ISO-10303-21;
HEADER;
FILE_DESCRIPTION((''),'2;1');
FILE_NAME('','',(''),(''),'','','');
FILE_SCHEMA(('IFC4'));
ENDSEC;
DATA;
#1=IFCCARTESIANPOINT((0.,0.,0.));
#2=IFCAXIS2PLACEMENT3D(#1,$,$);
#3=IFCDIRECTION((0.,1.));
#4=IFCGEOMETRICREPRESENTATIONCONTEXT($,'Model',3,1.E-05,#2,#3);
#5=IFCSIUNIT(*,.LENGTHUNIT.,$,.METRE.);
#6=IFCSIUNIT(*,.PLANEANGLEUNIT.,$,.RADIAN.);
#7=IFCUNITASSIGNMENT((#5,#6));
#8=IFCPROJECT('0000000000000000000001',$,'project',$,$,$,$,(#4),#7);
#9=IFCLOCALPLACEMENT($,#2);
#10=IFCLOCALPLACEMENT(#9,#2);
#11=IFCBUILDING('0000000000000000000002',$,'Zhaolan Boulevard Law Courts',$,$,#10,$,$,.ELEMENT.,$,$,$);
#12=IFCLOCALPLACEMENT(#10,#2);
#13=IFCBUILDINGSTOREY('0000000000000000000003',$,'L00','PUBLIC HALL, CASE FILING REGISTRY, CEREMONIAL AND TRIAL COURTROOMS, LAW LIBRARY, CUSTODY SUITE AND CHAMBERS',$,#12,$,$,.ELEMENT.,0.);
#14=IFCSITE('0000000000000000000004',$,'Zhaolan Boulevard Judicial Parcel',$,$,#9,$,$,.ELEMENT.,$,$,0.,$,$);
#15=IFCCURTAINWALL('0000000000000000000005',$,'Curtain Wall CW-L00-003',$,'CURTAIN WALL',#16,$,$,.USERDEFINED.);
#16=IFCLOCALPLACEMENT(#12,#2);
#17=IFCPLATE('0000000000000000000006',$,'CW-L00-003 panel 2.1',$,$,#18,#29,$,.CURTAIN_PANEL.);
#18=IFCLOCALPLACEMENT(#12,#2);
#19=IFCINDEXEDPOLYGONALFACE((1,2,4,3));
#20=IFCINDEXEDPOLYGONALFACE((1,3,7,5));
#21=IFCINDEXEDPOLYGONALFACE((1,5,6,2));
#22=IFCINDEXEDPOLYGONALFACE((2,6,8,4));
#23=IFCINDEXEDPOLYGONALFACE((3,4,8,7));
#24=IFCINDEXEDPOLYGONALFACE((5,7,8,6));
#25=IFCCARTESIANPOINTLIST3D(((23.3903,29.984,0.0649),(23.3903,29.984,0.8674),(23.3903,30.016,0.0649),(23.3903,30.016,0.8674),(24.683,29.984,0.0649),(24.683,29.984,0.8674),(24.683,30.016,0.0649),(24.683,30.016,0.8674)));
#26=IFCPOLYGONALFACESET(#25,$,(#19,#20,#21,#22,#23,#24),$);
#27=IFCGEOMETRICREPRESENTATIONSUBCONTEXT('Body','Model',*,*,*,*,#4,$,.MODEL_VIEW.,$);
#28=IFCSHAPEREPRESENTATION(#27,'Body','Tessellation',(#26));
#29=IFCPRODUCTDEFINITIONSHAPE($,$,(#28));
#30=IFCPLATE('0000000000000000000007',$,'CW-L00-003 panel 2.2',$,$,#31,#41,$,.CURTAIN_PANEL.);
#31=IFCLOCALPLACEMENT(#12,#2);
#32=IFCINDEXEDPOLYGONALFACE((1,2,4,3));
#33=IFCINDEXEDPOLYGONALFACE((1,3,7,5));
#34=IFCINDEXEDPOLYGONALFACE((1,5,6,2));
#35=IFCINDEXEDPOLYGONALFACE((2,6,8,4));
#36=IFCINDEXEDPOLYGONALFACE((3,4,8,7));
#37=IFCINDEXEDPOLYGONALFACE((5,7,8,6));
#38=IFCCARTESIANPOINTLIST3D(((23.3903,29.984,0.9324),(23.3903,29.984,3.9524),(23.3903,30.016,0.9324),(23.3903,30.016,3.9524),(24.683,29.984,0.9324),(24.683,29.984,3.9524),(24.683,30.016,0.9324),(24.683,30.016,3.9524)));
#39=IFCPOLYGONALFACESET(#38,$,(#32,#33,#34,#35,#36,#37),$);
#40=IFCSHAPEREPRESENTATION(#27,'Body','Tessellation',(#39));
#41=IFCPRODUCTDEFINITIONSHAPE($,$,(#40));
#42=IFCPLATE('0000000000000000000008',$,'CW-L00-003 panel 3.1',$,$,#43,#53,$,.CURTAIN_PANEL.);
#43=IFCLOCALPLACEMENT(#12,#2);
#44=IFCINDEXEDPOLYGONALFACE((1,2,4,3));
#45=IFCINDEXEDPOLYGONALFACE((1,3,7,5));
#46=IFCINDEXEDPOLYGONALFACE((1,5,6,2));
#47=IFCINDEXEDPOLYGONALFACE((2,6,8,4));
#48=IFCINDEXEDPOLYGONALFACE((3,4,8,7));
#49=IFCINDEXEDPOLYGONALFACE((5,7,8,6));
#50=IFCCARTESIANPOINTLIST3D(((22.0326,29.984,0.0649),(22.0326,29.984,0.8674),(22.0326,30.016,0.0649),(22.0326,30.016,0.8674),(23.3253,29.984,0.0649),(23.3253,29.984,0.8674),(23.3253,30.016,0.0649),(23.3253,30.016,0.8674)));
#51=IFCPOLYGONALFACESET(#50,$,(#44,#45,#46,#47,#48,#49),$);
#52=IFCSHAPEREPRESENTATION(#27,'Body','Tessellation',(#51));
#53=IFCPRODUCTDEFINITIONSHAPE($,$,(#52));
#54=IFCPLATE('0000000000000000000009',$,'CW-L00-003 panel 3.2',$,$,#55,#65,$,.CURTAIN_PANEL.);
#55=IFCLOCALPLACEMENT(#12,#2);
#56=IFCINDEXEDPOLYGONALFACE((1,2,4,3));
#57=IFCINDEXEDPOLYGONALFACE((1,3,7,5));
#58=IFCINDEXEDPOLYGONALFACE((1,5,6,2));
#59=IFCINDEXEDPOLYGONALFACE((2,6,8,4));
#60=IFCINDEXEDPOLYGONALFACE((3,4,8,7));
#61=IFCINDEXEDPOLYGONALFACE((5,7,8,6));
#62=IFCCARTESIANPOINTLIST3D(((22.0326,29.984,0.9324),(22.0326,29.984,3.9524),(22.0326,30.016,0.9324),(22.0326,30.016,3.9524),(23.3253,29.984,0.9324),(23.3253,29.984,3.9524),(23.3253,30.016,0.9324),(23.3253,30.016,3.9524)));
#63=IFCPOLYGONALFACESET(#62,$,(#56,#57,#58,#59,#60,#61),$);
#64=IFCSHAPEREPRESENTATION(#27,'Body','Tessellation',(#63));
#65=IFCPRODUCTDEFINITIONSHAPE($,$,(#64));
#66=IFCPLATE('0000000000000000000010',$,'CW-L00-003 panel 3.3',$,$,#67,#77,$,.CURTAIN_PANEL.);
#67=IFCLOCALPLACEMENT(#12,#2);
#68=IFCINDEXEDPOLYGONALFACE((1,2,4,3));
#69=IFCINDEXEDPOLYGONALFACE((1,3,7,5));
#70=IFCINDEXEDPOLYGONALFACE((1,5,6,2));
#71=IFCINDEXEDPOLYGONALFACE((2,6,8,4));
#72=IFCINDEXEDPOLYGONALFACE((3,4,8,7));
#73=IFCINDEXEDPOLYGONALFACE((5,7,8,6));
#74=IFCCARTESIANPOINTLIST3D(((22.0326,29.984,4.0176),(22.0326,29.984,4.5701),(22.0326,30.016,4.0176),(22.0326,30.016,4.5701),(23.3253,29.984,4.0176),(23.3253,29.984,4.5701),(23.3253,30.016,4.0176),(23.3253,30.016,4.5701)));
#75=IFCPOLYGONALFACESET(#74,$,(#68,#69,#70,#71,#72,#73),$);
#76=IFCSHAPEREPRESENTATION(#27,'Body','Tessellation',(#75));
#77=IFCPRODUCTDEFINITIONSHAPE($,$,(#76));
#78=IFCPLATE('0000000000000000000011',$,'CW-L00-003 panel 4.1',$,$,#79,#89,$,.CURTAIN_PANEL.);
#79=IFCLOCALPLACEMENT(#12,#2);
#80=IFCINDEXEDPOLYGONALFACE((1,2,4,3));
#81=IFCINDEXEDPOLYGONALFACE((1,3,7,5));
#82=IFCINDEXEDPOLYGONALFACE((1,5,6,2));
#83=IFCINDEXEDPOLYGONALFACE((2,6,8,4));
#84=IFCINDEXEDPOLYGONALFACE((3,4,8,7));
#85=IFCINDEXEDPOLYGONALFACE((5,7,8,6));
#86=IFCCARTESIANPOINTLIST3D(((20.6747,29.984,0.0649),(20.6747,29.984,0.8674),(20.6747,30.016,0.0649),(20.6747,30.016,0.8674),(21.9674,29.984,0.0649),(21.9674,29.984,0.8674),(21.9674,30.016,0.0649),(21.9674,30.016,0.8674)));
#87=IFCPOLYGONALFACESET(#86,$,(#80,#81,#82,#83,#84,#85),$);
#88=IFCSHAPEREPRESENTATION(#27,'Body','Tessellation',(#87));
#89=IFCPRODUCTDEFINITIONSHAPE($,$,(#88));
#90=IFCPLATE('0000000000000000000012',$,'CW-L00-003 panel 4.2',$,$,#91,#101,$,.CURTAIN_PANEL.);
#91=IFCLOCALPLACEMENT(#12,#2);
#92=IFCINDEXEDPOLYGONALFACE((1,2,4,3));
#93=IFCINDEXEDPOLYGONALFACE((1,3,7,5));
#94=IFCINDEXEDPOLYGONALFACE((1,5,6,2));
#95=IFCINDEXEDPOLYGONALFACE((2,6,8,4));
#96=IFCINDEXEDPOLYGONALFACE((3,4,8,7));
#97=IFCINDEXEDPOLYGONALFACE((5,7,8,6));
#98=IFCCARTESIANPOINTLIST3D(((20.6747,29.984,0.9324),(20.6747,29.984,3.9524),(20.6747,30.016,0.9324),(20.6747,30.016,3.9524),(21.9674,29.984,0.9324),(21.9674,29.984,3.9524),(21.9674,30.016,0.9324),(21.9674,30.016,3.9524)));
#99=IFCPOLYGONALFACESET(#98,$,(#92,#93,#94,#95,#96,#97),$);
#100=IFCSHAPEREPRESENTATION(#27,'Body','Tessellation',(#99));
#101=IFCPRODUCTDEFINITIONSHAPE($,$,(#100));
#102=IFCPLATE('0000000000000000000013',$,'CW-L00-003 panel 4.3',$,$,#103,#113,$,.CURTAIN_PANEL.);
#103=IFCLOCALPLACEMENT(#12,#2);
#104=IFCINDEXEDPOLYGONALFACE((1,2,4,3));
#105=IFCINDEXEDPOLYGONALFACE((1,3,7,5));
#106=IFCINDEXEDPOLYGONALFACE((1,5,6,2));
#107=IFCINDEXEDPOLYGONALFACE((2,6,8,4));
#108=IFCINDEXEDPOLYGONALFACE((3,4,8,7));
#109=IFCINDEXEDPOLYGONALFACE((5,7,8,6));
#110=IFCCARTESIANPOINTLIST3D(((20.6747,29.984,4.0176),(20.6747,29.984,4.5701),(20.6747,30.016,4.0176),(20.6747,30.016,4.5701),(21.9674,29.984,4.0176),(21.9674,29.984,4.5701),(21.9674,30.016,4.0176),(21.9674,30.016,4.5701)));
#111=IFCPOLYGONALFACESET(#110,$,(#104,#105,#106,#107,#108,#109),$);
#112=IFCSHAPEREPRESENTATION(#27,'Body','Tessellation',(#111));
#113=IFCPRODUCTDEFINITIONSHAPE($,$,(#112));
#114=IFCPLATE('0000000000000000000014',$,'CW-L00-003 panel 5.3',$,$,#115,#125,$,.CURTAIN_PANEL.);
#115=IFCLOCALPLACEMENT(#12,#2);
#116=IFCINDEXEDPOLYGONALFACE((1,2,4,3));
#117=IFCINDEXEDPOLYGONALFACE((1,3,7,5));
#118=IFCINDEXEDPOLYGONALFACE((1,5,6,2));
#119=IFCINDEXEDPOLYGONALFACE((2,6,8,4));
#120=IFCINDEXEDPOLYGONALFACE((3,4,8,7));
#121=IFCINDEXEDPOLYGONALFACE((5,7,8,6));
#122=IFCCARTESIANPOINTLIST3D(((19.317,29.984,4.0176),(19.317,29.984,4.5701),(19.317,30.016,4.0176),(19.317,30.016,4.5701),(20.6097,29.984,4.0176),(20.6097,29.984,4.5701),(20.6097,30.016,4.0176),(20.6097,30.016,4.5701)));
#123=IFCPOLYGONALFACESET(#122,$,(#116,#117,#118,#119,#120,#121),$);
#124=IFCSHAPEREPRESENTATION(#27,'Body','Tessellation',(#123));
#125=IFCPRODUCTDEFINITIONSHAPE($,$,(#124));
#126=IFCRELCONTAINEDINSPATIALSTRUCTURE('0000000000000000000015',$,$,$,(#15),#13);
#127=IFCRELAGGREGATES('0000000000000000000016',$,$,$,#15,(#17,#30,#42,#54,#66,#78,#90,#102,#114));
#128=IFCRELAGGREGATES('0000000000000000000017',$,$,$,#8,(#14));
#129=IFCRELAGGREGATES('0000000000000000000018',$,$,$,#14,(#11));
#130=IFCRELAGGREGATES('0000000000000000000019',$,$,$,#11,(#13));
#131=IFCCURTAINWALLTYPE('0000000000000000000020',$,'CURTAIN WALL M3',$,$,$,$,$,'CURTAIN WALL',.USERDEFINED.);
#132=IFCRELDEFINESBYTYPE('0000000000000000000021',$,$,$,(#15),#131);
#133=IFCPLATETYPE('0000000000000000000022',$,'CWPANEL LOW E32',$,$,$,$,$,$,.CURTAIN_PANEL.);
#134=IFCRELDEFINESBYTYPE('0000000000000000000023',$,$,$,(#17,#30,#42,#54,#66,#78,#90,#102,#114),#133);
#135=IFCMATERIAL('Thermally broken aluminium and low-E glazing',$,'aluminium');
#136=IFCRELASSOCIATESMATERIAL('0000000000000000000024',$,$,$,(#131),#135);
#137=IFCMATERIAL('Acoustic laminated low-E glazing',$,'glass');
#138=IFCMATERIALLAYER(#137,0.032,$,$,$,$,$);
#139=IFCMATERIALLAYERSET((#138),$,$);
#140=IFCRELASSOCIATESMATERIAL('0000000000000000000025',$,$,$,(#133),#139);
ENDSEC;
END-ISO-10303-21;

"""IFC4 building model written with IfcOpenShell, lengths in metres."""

from ifc_helpers import new_model, si_unit, direction, frame, origin, origin_2d, place, context, subcontext, project, spatial, rectangle, extrude, material, layer, layer_set, type_object, element, aggregate, save


model = new_model("IFC4")

# Units and contexts
model_context = context("Model", 3, precision=1e-05, world=origin(), true_north=direction((0.0, 1.0)))
body_context = subcontext(model_context, "Body", "Model", "MODEL_VIEW")
ifc_project = project(units=[si_unit("LENGTHUNIT", "METRE"), si_unit("PLANEANGLEUNIT", "RADIAN")], contexts=[model_context])

# Site, building, storey
site_placement = place(None, origin())
site = spatial("IfcSite", under=ifc_project, at=site_placement, Name="Zhaolan Boulevard Judicial Parcel", CompositionType="ELEMENT", RefElevation=0.0)
building_placement = place(site_placement, origin())
building = spatial("IfcBuilding", under=site, at=building_placement, Name="Zhaolan Boulevard Law Courts", CompositionType="ELEMENT")
storey_placement = place(building_placement, origin())
storey = spatial("IfcBuildingStorey", under=building, at=storey_placement, Name="L00", Description="PUBLIC HALL, CASE FILING REGISTRY, CEREMONIAL AND TRIAL COURTROOMS, LAW LIBRARY, CUSTODY SUITE AND CHAMBERS", CompositionType="ELEMENT", Elevation=0.0)

# Curtain wall, plates
ifc_material_1 = material(Name="Thermally broken aluminium and low-E glazing", Category="aluminium")
curtain_wall_type = type_object("IfcCurtainWallType", Name="CURTAIN WALL M3", ElementType="CURTAIN WALL", PredefinedType="USERDEFINED", material=ifc_material_1)
curtain_wall_placement = place(storey_placement, origin())
curtain_wall = element("IfcCurtainWall", 1, at=curtain_wall_placement, inside=storey, type_object=curtain_wall_type, Name="Curtain Wall CW-L00-003", ObjectType="CURTAIN WALL", PredefinedType="USERDEFINED")
ifc_material_2 = material(Name="Acoustic laminated low-E glazing", Category="glass")
ifc_layer = layer(ifc_material_2, 0.032)
ifc_layer_set = layer_set([ifc_layer])
plate_type = type_object("IfcPlateType", Name="CWPANEL LOW E32", PredefinedType="CURTAIN_PANEL", material=ifc_layer_set)
plate_1_placement = place(storey_placement, frame((24.0366, 30.0, 0.0649), z_axis=(0.0, 0.0, 1.0), x_axis=(-1.0, 0.0, 0.0)))
plate_1 = element("IfcPlate", 2, at=plate_1_placement, type_object=plate_type, Name="CW-L00-003 panel 2.1", PredefinedType="CURTAIN_PANEL", context=body_context, shape_type="SweptSolid", body=[
    extrude(rectangle(XDim=1.2927, YDim=0.032, at=origin_2d()), origin(), (0.0, 0.0, 1.0), 0.8025),
])
plate_2_placement = place(storey_placement, frame((24.0366, 30.0, 0.9324), z_axis=(0.0, 0.0, 1.0), x_axis=(-1.0, 0.0, 0.0)))
plate_2 = element("IfcPlate", 3, at=plate_2_placement, type_object=plate_type, Name="CW-L00-003 panel 2.2", PredefinedType="CURTAIN_PANEL", context=body_context, shape_type="SweptSolid", body=[
    extrude(rectangle(XDim=1.2927, YDim=0.032, at=origin_2d()), origin(), (0.0, 0.0, 1.0), 3.02),
])
plate_3_placement = place(storey_placement, frame((22.679, 30.0, 0.0649), z_axis=(0.0, 0.0, 1.0), x_axis=(-1.0, 0.0, 0.0)))
plate_3 = element("IfcPlate", 4, at=plate_3_placement, type_object=plate_type, Name="CW-L00-003 panel 3.1", PredefinedType="CURTAIN_PANEL", context=body_context, shape_type="SweptSolid", body=[
    extrude(rectangle(XDim=1.2927, YDim=0.032, at=origin_2d()), origin(), (0.0, 0.0, 1.0), 0.8025),
])
plate_4_placement = place(storey_placement, frame((22.679, 30.0, 0.9324), z_axis=(0.0, 0.0, 1.0), x_axis=(-1.0, 0.0, 0.0)))
plate_4 = element("IfcPlate", 5, at=plate_4_placement, type_object=plate_type, Name="CW-L00-003 panel 3.2", PredefinedType="CURTAIN_PANEL", context=body_context, shape_type="SweptSolid", body=[
    extrude(rectangle(XDim=1.2927, YDim=0.032, at=origin_2d()), origin(), (0.0, 0.0, 1.0), 3.02),
])
plate_5_placement = place(storey_placement, frame((22.679, 30.0, 4.0176), z_axis=(0.0, 0.0, 1.0), x_axis=(-1.0, 0.0, 0.0)))
plate_5 = element("IfcPlate", 6, at=plate_5_placement, type_object=plate_type, Name="CW-L00-003 panel 3.3", PredefinedType="CURTAIN_PANEL", context=body_context, shape_type="SweptSolid", body=[
    extrude(rectangle(XDim=1.2927, YDim=0.032, at=origin_2d()), origin(), (0.0, 0.0, 1.0), 0.5525),
])
plate_6_placement = place(storey_placement, frame((21.321, 30.0, 0.0649), z_axis=(0.0, 0.0, 1.0), x_axis=(-1.0, 0.0, 0.0)))
plate_6 = element("IfcPlate", 7, at=plate_6_placement, type_object=plate_type, Name="CW-L00-003 panel 4.1", PredefinedType="CURTAIN_PANEL", context=body_context, shape_type="SweptSolid", body=[
    extrude(rectangle(XDim=1.2927, YDim=0.032, at=origin_2d()), origin(), (0.0, 0.0, 1.0), 0.8025),
])
plate_7_placement = place(storey_placement, frame((21.321, 30.0, 0.9324), z_axis=(0.0, 0.0, 1.0), x_axis=(-1.0, 0.0, 0.0)))
plate_7 = element("IfcPlate", 8, at=plate_7_placement, type_object=plate_type, Name="CW-L00-003 panel 4.2", PredefinedType="CURTAIN_PANEL", context=body_context, shape_type="SweptSolid", body=[
    extrude(rectangle(XDim=1.2927, YDim=0.032, at=origin_2d()), origin(), (0.0, 0.0, 1.0), 3.02),
])
plate_8_placement = place(storey_placement, frame((21.321, 30.0, 4.0176), z_axis=(0.0, 0.0, 1.0), x_axis=(-1.0, 0.0, 0.0)))
plate_8 = element("IfcPlate", 9, at=plate_8_placement, type_object=plate_type, Name="CW-L00-003 panel 4.3", PredefinedType="CURTAIN_PANEL", context=body_context, shape_type="SweptSolid", body=[
    extrude(rectangle(XDim=1.2927, YDim=0.032, at=origin_2d()), origin(), (0.0, 0.0, 1.0), 0.5525),
])
plate_9_placement = place(storey_placement, frame((19.9634, 30.0, 4.0176), z_axis=(0.0, 0.0, 1.0), x_axis=(-1.0, 0.0, 0.0)))
plate_9 = element("IfcPlate", 10, at=plate_9_placement, type_object=plate_type, Name="CW-L00-003 panel 5.3", PredefinedType="CURTAIN_PANEL", context=body_context, shape_type="SweptSolid", body=[
    extrude(rectangle(XDim=1.2927, YDim=0.032, at=origin_2d()), origin(), (0.0, 0.0, 1.0), 0.5525),
])
aggregate(curtain_wall, [plate_1, plate_2, plate_3, plate_4, plate_5, plate_6, plate_7, plate_8, plate_9])

save(model, "model.ifc")
